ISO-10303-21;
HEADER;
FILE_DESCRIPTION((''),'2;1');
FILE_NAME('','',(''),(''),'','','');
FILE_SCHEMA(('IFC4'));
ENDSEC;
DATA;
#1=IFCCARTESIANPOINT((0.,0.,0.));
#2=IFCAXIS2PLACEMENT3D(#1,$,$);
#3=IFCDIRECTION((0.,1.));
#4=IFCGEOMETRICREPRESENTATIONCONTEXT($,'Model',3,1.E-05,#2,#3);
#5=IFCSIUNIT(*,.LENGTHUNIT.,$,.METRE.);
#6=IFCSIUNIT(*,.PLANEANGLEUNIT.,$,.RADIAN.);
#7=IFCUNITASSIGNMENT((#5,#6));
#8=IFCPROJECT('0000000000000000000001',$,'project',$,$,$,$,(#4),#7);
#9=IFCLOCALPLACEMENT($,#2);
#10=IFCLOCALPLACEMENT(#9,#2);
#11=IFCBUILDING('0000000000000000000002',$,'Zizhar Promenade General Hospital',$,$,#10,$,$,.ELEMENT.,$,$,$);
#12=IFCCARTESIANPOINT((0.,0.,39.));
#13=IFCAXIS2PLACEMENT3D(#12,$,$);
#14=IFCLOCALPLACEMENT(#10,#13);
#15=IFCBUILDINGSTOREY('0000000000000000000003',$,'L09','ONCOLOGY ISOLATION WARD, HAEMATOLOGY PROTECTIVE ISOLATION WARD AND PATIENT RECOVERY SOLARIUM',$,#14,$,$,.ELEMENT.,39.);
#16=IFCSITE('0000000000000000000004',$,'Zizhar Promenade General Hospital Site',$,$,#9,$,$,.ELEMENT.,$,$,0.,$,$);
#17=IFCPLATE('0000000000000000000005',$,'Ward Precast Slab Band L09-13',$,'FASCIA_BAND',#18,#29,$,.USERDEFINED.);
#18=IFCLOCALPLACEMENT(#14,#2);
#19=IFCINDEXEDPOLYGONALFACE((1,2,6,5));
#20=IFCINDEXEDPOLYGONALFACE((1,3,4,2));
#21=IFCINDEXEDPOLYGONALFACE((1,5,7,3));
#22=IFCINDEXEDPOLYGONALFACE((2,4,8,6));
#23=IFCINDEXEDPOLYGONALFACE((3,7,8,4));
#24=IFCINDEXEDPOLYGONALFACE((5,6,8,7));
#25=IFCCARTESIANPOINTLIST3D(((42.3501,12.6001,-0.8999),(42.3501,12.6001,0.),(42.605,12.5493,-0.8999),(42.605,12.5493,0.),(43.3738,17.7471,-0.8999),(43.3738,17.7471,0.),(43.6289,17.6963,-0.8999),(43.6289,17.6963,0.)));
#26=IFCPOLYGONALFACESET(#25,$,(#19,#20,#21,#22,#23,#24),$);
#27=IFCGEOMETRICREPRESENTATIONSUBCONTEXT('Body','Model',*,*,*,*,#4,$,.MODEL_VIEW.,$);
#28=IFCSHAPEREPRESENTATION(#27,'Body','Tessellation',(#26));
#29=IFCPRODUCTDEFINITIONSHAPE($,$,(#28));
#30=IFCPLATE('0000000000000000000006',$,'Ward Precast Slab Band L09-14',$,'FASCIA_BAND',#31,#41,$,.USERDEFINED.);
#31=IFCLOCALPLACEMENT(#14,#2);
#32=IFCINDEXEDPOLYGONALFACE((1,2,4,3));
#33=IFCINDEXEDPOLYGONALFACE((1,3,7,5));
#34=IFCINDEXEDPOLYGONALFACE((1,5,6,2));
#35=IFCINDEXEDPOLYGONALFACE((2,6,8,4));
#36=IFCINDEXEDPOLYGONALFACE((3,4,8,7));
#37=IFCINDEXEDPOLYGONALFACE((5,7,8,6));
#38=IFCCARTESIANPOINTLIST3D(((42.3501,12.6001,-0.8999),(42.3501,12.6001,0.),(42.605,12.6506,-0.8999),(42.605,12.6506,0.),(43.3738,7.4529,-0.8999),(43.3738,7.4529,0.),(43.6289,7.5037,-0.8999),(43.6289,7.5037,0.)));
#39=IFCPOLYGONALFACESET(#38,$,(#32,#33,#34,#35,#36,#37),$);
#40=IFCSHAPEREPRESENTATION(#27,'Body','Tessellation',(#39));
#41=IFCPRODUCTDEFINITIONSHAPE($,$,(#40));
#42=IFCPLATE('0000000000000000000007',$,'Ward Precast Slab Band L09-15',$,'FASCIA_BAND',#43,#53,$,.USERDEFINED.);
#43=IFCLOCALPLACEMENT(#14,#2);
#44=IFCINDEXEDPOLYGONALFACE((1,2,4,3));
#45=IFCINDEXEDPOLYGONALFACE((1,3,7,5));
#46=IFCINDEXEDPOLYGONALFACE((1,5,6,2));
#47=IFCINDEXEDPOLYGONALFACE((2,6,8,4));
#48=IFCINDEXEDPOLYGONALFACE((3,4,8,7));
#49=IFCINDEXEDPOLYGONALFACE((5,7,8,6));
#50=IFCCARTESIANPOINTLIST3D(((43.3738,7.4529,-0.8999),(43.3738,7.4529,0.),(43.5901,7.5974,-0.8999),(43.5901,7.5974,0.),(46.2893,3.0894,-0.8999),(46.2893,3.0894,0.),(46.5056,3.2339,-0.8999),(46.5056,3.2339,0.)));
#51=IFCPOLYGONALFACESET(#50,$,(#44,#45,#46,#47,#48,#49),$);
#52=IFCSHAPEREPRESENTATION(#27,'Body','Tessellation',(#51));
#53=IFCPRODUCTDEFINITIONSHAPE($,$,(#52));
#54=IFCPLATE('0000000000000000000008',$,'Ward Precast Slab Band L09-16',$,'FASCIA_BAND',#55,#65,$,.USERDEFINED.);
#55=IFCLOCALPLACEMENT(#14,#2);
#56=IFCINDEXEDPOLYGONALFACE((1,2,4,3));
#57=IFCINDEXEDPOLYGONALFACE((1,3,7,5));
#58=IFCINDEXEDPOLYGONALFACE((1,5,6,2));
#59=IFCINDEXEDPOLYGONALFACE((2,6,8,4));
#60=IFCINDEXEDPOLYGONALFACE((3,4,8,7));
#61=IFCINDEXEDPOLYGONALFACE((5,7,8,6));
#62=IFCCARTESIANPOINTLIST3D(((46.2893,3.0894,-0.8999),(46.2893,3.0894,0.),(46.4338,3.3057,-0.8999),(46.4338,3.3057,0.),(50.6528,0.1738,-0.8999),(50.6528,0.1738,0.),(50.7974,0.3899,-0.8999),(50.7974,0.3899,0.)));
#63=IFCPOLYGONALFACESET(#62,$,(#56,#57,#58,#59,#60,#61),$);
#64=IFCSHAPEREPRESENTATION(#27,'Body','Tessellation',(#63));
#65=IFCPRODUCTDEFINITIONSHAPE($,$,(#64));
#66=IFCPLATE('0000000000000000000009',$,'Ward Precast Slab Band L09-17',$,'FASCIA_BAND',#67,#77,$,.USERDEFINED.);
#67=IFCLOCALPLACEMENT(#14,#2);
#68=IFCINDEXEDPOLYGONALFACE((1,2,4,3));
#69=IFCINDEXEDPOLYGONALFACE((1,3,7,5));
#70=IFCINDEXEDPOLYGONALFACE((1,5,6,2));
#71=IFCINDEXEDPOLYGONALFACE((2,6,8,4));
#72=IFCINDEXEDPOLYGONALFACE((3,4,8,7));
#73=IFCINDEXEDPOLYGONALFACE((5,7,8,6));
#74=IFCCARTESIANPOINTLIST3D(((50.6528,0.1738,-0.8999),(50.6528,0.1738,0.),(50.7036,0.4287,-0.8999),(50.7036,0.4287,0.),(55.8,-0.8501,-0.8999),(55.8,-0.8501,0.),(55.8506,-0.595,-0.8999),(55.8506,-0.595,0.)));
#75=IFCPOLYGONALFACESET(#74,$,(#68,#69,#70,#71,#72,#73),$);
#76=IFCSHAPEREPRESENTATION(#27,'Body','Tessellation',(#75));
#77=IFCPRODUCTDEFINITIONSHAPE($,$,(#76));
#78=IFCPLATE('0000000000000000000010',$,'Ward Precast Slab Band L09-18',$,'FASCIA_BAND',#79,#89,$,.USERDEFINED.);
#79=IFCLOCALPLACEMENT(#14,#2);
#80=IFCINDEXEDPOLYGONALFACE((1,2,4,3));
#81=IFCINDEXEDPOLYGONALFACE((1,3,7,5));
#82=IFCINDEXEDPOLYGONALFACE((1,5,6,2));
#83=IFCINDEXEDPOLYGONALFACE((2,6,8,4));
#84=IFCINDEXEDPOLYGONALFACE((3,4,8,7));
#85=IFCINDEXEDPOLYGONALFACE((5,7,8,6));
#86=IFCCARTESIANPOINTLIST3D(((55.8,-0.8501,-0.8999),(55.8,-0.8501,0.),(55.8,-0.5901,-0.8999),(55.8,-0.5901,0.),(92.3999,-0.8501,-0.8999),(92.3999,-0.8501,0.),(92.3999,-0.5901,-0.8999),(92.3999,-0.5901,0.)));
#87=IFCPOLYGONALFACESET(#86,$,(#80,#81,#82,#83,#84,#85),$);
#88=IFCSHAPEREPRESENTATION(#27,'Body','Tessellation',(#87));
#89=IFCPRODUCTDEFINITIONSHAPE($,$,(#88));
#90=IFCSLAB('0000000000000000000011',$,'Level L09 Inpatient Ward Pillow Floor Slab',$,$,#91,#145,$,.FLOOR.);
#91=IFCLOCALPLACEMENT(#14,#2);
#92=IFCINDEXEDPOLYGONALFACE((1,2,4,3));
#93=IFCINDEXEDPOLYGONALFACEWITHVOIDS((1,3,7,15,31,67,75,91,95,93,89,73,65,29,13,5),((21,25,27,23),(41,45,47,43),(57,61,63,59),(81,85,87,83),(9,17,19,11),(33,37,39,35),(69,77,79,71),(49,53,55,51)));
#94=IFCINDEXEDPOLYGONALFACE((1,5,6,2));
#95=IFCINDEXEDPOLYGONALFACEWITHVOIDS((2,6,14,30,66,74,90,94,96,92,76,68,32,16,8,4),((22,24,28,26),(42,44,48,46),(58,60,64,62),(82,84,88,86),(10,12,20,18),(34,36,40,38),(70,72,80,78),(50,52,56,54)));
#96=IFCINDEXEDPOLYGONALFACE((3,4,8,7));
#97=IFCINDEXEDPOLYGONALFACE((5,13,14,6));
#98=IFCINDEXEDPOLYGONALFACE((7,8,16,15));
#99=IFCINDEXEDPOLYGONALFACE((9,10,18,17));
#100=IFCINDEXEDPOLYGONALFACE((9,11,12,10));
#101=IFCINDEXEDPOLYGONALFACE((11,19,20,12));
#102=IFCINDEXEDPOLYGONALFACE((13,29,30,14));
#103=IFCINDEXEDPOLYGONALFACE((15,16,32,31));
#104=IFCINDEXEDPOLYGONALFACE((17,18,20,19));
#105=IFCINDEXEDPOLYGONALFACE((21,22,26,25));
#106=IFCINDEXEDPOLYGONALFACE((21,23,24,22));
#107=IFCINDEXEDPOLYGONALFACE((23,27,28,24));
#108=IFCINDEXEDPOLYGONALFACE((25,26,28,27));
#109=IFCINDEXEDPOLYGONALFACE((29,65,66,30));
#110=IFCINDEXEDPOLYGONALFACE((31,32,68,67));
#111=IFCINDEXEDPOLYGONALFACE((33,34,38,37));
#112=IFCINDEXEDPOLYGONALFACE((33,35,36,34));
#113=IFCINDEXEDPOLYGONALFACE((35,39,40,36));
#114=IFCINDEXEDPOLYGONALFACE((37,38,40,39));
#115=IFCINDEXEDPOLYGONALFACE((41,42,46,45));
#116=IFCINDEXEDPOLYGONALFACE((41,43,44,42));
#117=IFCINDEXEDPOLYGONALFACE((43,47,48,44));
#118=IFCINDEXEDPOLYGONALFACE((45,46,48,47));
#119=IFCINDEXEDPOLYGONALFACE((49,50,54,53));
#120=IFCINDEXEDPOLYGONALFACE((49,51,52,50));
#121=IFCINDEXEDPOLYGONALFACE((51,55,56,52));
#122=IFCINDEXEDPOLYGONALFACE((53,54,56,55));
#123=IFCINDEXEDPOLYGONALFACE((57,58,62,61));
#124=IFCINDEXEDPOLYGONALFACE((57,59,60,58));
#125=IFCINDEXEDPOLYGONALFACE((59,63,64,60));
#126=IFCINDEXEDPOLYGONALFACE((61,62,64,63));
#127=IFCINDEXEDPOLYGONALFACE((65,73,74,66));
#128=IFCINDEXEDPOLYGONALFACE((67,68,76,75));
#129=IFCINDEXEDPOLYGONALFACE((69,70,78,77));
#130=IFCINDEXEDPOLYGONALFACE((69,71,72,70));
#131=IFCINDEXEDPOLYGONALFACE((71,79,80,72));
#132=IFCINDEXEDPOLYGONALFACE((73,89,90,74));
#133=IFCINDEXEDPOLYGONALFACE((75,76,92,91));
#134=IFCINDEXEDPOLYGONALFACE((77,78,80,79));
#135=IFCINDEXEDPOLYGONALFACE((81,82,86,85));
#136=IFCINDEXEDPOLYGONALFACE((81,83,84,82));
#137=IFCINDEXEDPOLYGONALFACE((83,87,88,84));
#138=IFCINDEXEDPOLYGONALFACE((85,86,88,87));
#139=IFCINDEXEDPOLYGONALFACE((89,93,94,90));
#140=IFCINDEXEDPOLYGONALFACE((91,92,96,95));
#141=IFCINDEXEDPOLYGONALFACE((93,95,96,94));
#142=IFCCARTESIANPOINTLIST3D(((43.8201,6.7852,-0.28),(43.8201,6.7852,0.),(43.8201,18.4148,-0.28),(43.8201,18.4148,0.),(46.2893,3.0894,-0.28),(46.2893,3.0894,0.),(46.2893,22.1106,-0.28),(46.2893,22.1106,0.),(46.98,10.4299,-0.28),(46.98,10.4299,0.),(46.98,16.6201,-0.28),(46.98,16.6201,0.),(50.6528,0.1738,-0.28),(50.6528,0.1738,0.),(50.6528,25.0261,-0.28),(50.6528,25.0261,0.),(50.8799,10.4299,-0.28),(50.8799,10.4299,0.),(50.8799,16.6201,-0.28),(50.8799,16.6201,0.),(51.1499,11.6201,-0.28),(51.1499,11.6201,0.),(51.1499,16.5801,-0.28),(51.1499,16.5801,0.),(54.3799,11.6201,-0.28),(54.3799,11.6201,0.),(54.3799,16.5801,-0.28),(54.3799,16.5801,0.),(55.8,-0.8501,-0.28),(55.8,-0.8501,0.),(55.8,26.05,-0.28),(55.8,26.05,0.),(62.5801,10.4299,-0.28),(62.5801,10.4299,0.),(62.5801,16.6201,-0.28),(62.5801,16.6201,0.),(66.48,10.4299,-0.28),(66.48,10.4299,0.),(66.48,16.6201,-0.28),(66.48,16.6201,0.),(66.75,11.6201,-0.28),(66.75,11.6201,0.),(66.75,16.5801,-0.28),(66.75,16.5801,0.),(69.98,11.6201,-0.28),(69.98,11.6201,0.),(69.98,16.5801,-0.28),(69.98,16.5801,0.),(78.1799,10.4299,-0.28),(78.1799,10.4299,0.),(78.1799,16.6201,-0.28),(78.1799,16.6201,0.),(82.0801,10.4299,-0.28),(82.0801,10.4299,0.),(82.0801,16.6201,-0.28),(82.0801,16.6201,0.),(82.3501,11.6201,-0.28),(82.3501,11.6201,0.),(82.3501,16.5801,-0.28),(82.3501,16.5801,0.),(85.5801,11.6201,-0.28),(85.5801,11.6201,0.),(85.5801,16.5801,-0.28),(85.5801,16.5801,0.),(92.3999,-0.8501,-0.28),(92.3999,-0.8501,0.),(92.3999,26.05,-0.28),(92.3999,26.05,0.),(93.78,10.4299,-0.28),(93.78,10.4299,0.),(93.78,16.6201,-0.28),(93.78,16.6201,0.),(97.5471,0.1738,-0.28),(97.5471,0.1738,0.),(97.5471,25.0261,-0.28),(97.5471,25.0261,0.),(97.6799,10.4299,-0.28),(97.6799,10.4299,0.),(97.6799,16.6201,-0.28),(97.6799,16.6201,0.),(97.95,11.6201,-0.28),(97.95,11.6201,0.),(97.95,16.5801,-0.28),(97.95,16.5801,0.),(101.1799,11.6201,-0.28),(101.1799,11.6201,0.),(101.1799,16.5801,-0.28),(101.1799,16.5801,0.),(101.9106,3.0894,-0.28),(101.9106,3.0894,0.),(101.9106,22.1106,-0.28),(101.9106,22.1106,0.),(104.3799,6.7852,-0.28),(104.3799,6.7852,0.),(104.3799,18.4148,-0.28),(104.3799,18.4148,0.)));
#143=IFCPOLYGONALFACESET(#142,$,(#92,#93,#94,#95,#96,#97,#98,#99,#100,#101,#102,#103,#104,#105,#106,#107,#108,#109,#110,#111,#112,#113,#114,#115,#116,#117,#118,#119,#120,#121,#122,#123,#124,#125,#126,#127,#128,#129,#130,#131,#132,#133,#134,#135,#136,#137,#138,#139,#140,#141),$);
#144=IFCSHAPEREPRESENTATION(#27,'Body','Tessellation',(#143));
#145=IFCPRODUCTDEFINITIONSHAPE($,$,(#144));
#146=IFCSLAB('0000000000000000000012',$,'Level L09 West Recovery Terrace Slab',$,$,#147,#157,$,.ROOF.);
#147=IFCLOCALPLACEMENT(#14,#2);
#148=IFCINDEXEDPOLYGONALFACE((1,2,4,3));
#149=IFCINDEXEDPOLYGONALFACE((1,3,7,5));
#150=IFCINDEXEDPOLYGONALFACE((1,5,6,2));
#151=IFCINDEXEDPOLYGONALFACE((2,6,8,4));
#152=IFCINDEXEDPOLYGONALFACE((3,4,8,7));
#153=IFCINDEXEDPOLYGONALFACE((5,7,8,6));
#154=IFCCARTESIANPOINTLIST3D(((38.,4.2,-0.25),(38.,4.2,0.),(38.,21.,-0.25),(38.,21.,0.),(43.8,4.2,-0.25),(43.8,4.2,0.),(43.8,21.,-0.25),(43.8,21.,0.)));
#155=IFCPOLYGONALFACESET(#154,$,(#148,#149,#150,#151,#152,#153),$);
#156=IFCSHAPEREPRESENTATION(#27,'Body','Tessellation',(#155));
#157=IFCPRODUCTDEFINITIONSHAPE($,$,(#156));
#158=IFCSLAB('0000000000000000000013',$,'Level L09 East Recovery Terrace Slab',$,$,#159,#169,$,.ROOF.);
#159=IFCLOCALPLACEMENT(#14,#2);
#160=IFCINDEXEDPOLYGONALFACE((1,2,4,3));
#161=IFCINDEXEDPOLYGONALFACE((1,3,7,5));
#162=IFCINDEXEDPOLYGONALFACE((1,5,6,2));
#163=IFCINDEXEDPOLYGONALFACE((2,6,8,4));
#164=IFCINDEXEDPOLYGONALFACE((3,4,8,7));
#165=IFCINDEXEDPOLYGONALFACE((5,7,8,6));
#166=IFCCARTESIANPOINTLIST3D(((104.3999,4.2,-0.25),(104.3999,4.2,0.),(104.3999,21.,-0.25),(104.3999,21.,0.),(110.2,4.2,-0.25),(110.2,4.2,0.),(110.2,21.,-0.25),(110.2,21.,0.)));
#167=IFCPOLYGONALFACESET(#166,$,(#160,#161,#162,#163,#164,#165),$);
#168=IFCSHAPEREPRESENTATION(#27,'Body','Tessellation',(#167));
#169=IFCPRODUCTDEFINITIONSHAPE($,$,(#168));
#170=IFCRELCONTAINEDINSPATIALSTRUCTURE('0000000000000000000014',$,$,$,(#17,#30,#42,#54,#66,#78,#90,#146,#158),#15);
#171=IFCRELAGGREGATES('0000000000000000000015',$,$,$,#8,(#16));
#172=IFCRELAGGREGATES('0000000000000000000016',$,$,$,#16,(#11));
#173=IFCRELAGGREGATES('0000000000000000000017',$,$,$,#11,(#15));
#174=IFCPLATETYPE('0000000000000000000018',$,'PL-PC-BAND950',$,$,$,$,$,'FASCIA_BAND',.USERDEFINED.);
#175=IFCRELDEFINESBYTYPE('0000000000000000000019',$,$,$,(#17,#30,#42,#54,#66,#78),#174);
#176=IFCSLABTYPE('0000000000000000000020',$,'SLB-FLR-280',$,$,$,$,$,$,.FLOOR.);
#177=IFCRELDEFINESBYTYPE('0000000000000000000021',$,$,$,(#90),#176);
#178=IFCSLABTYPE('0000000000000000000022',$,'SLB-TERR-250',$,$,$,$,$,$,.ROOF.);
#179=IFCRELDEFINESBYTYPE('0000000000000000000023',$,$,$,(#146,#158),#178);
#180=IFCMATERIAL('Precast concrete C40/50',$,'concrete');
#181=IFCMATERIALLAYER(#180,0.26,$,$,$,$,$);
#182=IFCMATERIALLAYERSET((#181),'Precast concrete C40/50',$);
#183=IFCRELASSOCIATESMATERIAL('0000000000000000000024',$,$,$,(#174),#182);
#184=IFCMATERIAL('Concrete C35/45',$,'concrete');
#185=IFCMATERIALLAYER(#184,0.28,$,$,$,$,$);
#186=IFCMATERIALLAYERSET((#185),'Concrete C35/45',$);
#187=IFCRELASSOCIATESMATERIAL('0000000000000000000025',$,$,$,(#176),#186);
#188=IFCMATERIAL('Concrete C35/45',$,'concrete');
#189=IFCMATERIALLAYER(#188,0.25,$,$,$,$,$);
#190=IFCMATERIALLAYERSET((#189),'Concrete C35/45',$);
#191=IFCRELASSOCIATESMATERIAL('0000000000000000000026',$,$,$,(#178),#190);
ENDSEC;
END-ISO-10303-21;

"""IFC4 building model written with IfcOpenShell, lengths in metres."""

from ifc_helpers import new_model, si_unit, direction, frame, origin, place, context, subcontext, project, spatial, polyline, outline, extrude, material, layer, layer_set, type_object, element, save


model = new_model("IFC4")

# Units and contexts
model_context = context("Model", 3, precision=1e-05, world=origin(), true_north=direction((0.0, 1.0)))
body_context = subcontext(model_context, "Body", "Model", "MODEL_VIEW")
ifc_project = project(units=[si_unit("LENGTHUNIT", "METRE"), si_unit("PLANEANGLEUNIT", "RADIAN")], contexts=[model_context])

# Site, building, storey
site_placement = place(None, origin())
site = spatial("IfcSite", under=ifc_project, at=site_placement, Name="Zizhar Promenade General Hospital Site", CompositionType="ELEMENT", RefElevation=0.0)
building_placement = place(site_placement, origin())
building = spatial("IfcBuilding", under=site, at=building_placement, Name="Zizhar Promenade General Hospital", CompositionType="ELEMENT")
storey_placement = place(building_placement, frame((0.0, 0.0, 39.0)))
storey = spatial("IfcBuildingStorey", under=building, at=storey_placement, Name="L09", Description="ONCOLOGY ISOLATION WARD, HAEMATOLOGY PROTECTIVE ISOLATION WARD AND PATIENT RECOVERY SOLARIUM", CompositionType="ELEMENT", Elevation=39.0)

# Plates
ifc_material_1 = material(Name="Precast concrete C40/50", Category="concrete")
ifc_layer_1 = layer(ifc_material_1, 0.26)
ifc_layer_set_1 = layer_set([ifc_layer_1], Name="Precast concrete C40/50")
plate_type_1 = type_object("IfcPlateType", Name="PL-PC-BAND950", ElementType="FASCIA_BAND", PredefinedType="USERDEFINED", material=ifc_layer_set_1)
plate_1_placement = place(storey_placement, frame((0.0, 0.0, -0.8999)))
element("IfcPlate", 1, at=plate_1_placement, inside=storey, type_object=plate_type_1, Name="Ward Precast Slab Band L09-13", ObjectType="FASCIA_BAND", PredefinedType="USERDEFINED", context=body_context, shape_type="SweptSolid", body=[
    extrude(outline(polyline([(43.3738, 17.7471), (42.3501, 12.6001), (42.605, 12.5493), (43.6289, 17.6963), (43.3738, 17.7471)])), origin(), (0.0, 0.0, 1.0), 0.8999),
])
plate_2_placement = place(storey_placement, frame((0.0, 0.0, -0.8999)))
element("IfcPlate", 2, at=plate_2_placement, inside=storey, type_object=plate_type_1, Name="Ward Precast Slab Band L09-14", ObjectType="FASCIA_BAND", PredefinedType="USERDEFINED", context=body_context, shape_type="SweptSolid", body=[
    extrude(outline(polyline([(42.3501, 12.6001), (43.3738, 7.4529), (43.6289, 7.5037), (42.605, 12.6506), (42.3501, 12.6001)])), origin(), (0.0, 0.0, 1.0), 0.8999),
])
plate_3_placement = place(storey_placement, frame((0.0, 0.0, -0.8999)))
element("IfcPlate", 3, at=plate_3_placement, inside=storey, type_object=plate_type_1, Name="Ward Precast Slab Band L09-15", ObjectType="FASCIA_BAND", PredefinedType="USERDEFINED", context=body_context, shape_type="SweptSolid", body=[
    extrude(outline(polyline([(43.3738, 7.4529), (46.2893, 3.0894), (46.5056, 3.2339), (43.5901, 7.5974), (43.3738, 7.4529)])), origin(), (0.0, 0.0, 1.0), 0.8999),
])
plate_4_placement = place(storey_placement, frame((0.0, 0.0, -0.8999)))
element("IfcPlate", 4, at=plate_4_placement, inside=storey, type_object=plate_type_1, Name="Ward Precast Slab Band L09-16", ObjectType="FASCIA_BAND", PredefinedType="USERDEFINED", context=body_context, shape_type="SweptSolid", body=[
    extrude(outline(polyline([(46.2893, 3.0894), (50.6528, 0.1738), (50.7974, 0.3899), (46.4338, 3.3057), (46.2893, 3.0894)])), origin(), (0.0, 0.0, 1.0), 0.8999),
])
plate_5_placement = place(storey_placement, frame((0.0, 0.0, -0.8999)))
element("IfcPlate", 5, at=plate_5_placement, inside=storey, type_object=plate_type_1, Name="Ward Precast Slab Band L09-17", ObjectType="FASCIA_BAND", PredefinedType="USERDEFINED", context=body_context, shape_type="SweptSolid", body=[
    extrude(outline(polyline([(50.6528, 0.1738), (55.8, -0.8501), (55.8506, -0.595), (50.7036, 0.4287), (50.6528, 0.1738)])), origin(), (0.0, 0.0, 1.0), 0.8999),
])
plate_6_placement = place(storey_placement, frame((0.0, 0.0, -0.8999)))
element("IfcPlate", 6, at=plate_6_placement, inside=storey, type_object=plate_type_1, Name="Ward Precast Slab Band L09-18", ObjectType="FASCIA_BAND", PredefinedType="USERDEFINED", context=body_context, shape_type="SweptSolid", body=[
    extrude(outline(polyline([(55.8, -0.8501), (92.3999, -0.8501), (92.3999, -0.5901), (55.8, -0.5901), (55.8, -0.8501)])), origin(), (0.0, 0.0, 1.0), 0.8999),
])

# Slabs
ifc_material_2 = material(Name="Concrete C35/45", Category="concrete")
ifc_layer_2 = layer(ifc_material_2, 0.28)
ifc_layer_set_2 = layer_set([ifc_layer_2], Name="Concrete C35/45")
slab_type_1 = type_object("IfcSlabType", Name="SLB-FLR-280", PredefinedType="FLOOR", material=ifc_layer_set_2)
slab_1_placement = place(storey_placement, frame((0.0, 0.0, -0.28)))
element("IfcSlab", 7, at=slab_1_placement, inside=storey, type_object=slab_type_1, Name="Level L09 Inpatient Ward Pillow Floor Slab", PredefinedType="FLOOR", context=body_context, shape_type="SweptSolid", body=[
    extrude(outline(polyline([(50.6528, 25.0261), (55.8, 26.05), (92.3999, 26.05), (97.5471, 25.0261), (101.9106, 22.1106), (104.3799, 18.4148), (104.3799, 6.7852), (101.9106, 3.0894), (97.5471, 0.1738), (92.3999, -0.8501), (55.8, -0.8501), (50.6528, 0.1738), (46.2893, 3.0894), (43.8201, 6.7852), (43.8201, 18.4148), (46.2893, 22.1106), (50.6528, 25.0261)]), holes=[polyline([(46.98, 10.4299), (46.98, 16.6201), (50.8799, 16.6201), (50.8799, 10.4299), (46.98, 10.4299)]), polyline([(51.1499, 11.6201), (51.1499, 16.5801), (54.3799, 16.5801), (54.3799, 11.6201), (51.1499, 11.6201)]), polyline([(62.5801, 10.4299), (62.5801, 16.6201), (66.48, 16.6201), (66.48, 10.4299), (62.5801, 10.4299)]), polyline([(66.75, 11.6201), (66.75, 16.5801), (69.98, 16.5801), (69.98, 11.6201), (66.75, 11.6201)]), polyline([(78.1799, 10.4299), (78.1799, 16.6201), (82.0801, 16.6201), (82.0801, 10.4299), (78.1799, 10.4299)]), polyline([(82.3501, 11.6201), (82.3501, 16.5801), (85.5801, 16.5801), (85.5801, 11.6201), (82.3501, 11.6201)]), polyline([(93.78, 10.4299), (93.78, 16.6201), (97.6799, 16.6201), (97.6799, 10.4299), (93.78, 10.4299)]), polyline([(97.95, 11.6201), (97.95, 16.5801), (101.1799, 16.5801), (101.1799, 11.6201), (97.95, 11.6201)])]), origin(), (0.0, 0.0, 1.0), 0.28),
])
ifc_material_3 = material(Name="Concrete C35/45", Category="concrete")
ifc_layer_3 = layer(ifc_material_3, 0.25)
ifc_layer_set_3 = layer_set([ifc_layer_3], Name="Concrete C35/45")
slab_type_2 = type_object("IfcSlabType", Name="SLB-TERR-250", PredefinedType="ROOF", material=ifc_layer_set_3)
slab_2_placement = place(storey_placement, frame((0.0, 0.0, -0.25)))
element("IfcSlab", 8, at=slab_2_placement, inside=storey, type_object=slab_type_2, Name="Level L09 West Recovery Terrace Slab", PredefinedType="ROOF", context=body_context, shape_type="SweptSolid", body=[
    extrude(outline(polyline([(38.0, 4.2), (43.8, 4.2), (43.8, 21.0), (38.0, 21.0), (38.0, 4.2)])), origin(), (0.0, 0.0, 1.0), 0.25),
])
slab_3_placement = place(storey_placement, frame((0.0, 0.0, -0.25)))
element("IfcSlab", 9, at=slab_3_placement, inside=storey, type_object=slab_type_2, Name="Level L09 East Recovery Terrace Slab", PredefinedType="ROOF", context=body_context, shape_type="SweptSolid", body=[
    extrude(outline(polyline([(104.3999, 4.2), (110.2, 4.2), (110.2, 21.0), (104.3999, 21.0), (104.3999, 4.2)])), origin(), (0.0, 0.0, 1.0), 0.25),
])

save(model, "model.ifc")
